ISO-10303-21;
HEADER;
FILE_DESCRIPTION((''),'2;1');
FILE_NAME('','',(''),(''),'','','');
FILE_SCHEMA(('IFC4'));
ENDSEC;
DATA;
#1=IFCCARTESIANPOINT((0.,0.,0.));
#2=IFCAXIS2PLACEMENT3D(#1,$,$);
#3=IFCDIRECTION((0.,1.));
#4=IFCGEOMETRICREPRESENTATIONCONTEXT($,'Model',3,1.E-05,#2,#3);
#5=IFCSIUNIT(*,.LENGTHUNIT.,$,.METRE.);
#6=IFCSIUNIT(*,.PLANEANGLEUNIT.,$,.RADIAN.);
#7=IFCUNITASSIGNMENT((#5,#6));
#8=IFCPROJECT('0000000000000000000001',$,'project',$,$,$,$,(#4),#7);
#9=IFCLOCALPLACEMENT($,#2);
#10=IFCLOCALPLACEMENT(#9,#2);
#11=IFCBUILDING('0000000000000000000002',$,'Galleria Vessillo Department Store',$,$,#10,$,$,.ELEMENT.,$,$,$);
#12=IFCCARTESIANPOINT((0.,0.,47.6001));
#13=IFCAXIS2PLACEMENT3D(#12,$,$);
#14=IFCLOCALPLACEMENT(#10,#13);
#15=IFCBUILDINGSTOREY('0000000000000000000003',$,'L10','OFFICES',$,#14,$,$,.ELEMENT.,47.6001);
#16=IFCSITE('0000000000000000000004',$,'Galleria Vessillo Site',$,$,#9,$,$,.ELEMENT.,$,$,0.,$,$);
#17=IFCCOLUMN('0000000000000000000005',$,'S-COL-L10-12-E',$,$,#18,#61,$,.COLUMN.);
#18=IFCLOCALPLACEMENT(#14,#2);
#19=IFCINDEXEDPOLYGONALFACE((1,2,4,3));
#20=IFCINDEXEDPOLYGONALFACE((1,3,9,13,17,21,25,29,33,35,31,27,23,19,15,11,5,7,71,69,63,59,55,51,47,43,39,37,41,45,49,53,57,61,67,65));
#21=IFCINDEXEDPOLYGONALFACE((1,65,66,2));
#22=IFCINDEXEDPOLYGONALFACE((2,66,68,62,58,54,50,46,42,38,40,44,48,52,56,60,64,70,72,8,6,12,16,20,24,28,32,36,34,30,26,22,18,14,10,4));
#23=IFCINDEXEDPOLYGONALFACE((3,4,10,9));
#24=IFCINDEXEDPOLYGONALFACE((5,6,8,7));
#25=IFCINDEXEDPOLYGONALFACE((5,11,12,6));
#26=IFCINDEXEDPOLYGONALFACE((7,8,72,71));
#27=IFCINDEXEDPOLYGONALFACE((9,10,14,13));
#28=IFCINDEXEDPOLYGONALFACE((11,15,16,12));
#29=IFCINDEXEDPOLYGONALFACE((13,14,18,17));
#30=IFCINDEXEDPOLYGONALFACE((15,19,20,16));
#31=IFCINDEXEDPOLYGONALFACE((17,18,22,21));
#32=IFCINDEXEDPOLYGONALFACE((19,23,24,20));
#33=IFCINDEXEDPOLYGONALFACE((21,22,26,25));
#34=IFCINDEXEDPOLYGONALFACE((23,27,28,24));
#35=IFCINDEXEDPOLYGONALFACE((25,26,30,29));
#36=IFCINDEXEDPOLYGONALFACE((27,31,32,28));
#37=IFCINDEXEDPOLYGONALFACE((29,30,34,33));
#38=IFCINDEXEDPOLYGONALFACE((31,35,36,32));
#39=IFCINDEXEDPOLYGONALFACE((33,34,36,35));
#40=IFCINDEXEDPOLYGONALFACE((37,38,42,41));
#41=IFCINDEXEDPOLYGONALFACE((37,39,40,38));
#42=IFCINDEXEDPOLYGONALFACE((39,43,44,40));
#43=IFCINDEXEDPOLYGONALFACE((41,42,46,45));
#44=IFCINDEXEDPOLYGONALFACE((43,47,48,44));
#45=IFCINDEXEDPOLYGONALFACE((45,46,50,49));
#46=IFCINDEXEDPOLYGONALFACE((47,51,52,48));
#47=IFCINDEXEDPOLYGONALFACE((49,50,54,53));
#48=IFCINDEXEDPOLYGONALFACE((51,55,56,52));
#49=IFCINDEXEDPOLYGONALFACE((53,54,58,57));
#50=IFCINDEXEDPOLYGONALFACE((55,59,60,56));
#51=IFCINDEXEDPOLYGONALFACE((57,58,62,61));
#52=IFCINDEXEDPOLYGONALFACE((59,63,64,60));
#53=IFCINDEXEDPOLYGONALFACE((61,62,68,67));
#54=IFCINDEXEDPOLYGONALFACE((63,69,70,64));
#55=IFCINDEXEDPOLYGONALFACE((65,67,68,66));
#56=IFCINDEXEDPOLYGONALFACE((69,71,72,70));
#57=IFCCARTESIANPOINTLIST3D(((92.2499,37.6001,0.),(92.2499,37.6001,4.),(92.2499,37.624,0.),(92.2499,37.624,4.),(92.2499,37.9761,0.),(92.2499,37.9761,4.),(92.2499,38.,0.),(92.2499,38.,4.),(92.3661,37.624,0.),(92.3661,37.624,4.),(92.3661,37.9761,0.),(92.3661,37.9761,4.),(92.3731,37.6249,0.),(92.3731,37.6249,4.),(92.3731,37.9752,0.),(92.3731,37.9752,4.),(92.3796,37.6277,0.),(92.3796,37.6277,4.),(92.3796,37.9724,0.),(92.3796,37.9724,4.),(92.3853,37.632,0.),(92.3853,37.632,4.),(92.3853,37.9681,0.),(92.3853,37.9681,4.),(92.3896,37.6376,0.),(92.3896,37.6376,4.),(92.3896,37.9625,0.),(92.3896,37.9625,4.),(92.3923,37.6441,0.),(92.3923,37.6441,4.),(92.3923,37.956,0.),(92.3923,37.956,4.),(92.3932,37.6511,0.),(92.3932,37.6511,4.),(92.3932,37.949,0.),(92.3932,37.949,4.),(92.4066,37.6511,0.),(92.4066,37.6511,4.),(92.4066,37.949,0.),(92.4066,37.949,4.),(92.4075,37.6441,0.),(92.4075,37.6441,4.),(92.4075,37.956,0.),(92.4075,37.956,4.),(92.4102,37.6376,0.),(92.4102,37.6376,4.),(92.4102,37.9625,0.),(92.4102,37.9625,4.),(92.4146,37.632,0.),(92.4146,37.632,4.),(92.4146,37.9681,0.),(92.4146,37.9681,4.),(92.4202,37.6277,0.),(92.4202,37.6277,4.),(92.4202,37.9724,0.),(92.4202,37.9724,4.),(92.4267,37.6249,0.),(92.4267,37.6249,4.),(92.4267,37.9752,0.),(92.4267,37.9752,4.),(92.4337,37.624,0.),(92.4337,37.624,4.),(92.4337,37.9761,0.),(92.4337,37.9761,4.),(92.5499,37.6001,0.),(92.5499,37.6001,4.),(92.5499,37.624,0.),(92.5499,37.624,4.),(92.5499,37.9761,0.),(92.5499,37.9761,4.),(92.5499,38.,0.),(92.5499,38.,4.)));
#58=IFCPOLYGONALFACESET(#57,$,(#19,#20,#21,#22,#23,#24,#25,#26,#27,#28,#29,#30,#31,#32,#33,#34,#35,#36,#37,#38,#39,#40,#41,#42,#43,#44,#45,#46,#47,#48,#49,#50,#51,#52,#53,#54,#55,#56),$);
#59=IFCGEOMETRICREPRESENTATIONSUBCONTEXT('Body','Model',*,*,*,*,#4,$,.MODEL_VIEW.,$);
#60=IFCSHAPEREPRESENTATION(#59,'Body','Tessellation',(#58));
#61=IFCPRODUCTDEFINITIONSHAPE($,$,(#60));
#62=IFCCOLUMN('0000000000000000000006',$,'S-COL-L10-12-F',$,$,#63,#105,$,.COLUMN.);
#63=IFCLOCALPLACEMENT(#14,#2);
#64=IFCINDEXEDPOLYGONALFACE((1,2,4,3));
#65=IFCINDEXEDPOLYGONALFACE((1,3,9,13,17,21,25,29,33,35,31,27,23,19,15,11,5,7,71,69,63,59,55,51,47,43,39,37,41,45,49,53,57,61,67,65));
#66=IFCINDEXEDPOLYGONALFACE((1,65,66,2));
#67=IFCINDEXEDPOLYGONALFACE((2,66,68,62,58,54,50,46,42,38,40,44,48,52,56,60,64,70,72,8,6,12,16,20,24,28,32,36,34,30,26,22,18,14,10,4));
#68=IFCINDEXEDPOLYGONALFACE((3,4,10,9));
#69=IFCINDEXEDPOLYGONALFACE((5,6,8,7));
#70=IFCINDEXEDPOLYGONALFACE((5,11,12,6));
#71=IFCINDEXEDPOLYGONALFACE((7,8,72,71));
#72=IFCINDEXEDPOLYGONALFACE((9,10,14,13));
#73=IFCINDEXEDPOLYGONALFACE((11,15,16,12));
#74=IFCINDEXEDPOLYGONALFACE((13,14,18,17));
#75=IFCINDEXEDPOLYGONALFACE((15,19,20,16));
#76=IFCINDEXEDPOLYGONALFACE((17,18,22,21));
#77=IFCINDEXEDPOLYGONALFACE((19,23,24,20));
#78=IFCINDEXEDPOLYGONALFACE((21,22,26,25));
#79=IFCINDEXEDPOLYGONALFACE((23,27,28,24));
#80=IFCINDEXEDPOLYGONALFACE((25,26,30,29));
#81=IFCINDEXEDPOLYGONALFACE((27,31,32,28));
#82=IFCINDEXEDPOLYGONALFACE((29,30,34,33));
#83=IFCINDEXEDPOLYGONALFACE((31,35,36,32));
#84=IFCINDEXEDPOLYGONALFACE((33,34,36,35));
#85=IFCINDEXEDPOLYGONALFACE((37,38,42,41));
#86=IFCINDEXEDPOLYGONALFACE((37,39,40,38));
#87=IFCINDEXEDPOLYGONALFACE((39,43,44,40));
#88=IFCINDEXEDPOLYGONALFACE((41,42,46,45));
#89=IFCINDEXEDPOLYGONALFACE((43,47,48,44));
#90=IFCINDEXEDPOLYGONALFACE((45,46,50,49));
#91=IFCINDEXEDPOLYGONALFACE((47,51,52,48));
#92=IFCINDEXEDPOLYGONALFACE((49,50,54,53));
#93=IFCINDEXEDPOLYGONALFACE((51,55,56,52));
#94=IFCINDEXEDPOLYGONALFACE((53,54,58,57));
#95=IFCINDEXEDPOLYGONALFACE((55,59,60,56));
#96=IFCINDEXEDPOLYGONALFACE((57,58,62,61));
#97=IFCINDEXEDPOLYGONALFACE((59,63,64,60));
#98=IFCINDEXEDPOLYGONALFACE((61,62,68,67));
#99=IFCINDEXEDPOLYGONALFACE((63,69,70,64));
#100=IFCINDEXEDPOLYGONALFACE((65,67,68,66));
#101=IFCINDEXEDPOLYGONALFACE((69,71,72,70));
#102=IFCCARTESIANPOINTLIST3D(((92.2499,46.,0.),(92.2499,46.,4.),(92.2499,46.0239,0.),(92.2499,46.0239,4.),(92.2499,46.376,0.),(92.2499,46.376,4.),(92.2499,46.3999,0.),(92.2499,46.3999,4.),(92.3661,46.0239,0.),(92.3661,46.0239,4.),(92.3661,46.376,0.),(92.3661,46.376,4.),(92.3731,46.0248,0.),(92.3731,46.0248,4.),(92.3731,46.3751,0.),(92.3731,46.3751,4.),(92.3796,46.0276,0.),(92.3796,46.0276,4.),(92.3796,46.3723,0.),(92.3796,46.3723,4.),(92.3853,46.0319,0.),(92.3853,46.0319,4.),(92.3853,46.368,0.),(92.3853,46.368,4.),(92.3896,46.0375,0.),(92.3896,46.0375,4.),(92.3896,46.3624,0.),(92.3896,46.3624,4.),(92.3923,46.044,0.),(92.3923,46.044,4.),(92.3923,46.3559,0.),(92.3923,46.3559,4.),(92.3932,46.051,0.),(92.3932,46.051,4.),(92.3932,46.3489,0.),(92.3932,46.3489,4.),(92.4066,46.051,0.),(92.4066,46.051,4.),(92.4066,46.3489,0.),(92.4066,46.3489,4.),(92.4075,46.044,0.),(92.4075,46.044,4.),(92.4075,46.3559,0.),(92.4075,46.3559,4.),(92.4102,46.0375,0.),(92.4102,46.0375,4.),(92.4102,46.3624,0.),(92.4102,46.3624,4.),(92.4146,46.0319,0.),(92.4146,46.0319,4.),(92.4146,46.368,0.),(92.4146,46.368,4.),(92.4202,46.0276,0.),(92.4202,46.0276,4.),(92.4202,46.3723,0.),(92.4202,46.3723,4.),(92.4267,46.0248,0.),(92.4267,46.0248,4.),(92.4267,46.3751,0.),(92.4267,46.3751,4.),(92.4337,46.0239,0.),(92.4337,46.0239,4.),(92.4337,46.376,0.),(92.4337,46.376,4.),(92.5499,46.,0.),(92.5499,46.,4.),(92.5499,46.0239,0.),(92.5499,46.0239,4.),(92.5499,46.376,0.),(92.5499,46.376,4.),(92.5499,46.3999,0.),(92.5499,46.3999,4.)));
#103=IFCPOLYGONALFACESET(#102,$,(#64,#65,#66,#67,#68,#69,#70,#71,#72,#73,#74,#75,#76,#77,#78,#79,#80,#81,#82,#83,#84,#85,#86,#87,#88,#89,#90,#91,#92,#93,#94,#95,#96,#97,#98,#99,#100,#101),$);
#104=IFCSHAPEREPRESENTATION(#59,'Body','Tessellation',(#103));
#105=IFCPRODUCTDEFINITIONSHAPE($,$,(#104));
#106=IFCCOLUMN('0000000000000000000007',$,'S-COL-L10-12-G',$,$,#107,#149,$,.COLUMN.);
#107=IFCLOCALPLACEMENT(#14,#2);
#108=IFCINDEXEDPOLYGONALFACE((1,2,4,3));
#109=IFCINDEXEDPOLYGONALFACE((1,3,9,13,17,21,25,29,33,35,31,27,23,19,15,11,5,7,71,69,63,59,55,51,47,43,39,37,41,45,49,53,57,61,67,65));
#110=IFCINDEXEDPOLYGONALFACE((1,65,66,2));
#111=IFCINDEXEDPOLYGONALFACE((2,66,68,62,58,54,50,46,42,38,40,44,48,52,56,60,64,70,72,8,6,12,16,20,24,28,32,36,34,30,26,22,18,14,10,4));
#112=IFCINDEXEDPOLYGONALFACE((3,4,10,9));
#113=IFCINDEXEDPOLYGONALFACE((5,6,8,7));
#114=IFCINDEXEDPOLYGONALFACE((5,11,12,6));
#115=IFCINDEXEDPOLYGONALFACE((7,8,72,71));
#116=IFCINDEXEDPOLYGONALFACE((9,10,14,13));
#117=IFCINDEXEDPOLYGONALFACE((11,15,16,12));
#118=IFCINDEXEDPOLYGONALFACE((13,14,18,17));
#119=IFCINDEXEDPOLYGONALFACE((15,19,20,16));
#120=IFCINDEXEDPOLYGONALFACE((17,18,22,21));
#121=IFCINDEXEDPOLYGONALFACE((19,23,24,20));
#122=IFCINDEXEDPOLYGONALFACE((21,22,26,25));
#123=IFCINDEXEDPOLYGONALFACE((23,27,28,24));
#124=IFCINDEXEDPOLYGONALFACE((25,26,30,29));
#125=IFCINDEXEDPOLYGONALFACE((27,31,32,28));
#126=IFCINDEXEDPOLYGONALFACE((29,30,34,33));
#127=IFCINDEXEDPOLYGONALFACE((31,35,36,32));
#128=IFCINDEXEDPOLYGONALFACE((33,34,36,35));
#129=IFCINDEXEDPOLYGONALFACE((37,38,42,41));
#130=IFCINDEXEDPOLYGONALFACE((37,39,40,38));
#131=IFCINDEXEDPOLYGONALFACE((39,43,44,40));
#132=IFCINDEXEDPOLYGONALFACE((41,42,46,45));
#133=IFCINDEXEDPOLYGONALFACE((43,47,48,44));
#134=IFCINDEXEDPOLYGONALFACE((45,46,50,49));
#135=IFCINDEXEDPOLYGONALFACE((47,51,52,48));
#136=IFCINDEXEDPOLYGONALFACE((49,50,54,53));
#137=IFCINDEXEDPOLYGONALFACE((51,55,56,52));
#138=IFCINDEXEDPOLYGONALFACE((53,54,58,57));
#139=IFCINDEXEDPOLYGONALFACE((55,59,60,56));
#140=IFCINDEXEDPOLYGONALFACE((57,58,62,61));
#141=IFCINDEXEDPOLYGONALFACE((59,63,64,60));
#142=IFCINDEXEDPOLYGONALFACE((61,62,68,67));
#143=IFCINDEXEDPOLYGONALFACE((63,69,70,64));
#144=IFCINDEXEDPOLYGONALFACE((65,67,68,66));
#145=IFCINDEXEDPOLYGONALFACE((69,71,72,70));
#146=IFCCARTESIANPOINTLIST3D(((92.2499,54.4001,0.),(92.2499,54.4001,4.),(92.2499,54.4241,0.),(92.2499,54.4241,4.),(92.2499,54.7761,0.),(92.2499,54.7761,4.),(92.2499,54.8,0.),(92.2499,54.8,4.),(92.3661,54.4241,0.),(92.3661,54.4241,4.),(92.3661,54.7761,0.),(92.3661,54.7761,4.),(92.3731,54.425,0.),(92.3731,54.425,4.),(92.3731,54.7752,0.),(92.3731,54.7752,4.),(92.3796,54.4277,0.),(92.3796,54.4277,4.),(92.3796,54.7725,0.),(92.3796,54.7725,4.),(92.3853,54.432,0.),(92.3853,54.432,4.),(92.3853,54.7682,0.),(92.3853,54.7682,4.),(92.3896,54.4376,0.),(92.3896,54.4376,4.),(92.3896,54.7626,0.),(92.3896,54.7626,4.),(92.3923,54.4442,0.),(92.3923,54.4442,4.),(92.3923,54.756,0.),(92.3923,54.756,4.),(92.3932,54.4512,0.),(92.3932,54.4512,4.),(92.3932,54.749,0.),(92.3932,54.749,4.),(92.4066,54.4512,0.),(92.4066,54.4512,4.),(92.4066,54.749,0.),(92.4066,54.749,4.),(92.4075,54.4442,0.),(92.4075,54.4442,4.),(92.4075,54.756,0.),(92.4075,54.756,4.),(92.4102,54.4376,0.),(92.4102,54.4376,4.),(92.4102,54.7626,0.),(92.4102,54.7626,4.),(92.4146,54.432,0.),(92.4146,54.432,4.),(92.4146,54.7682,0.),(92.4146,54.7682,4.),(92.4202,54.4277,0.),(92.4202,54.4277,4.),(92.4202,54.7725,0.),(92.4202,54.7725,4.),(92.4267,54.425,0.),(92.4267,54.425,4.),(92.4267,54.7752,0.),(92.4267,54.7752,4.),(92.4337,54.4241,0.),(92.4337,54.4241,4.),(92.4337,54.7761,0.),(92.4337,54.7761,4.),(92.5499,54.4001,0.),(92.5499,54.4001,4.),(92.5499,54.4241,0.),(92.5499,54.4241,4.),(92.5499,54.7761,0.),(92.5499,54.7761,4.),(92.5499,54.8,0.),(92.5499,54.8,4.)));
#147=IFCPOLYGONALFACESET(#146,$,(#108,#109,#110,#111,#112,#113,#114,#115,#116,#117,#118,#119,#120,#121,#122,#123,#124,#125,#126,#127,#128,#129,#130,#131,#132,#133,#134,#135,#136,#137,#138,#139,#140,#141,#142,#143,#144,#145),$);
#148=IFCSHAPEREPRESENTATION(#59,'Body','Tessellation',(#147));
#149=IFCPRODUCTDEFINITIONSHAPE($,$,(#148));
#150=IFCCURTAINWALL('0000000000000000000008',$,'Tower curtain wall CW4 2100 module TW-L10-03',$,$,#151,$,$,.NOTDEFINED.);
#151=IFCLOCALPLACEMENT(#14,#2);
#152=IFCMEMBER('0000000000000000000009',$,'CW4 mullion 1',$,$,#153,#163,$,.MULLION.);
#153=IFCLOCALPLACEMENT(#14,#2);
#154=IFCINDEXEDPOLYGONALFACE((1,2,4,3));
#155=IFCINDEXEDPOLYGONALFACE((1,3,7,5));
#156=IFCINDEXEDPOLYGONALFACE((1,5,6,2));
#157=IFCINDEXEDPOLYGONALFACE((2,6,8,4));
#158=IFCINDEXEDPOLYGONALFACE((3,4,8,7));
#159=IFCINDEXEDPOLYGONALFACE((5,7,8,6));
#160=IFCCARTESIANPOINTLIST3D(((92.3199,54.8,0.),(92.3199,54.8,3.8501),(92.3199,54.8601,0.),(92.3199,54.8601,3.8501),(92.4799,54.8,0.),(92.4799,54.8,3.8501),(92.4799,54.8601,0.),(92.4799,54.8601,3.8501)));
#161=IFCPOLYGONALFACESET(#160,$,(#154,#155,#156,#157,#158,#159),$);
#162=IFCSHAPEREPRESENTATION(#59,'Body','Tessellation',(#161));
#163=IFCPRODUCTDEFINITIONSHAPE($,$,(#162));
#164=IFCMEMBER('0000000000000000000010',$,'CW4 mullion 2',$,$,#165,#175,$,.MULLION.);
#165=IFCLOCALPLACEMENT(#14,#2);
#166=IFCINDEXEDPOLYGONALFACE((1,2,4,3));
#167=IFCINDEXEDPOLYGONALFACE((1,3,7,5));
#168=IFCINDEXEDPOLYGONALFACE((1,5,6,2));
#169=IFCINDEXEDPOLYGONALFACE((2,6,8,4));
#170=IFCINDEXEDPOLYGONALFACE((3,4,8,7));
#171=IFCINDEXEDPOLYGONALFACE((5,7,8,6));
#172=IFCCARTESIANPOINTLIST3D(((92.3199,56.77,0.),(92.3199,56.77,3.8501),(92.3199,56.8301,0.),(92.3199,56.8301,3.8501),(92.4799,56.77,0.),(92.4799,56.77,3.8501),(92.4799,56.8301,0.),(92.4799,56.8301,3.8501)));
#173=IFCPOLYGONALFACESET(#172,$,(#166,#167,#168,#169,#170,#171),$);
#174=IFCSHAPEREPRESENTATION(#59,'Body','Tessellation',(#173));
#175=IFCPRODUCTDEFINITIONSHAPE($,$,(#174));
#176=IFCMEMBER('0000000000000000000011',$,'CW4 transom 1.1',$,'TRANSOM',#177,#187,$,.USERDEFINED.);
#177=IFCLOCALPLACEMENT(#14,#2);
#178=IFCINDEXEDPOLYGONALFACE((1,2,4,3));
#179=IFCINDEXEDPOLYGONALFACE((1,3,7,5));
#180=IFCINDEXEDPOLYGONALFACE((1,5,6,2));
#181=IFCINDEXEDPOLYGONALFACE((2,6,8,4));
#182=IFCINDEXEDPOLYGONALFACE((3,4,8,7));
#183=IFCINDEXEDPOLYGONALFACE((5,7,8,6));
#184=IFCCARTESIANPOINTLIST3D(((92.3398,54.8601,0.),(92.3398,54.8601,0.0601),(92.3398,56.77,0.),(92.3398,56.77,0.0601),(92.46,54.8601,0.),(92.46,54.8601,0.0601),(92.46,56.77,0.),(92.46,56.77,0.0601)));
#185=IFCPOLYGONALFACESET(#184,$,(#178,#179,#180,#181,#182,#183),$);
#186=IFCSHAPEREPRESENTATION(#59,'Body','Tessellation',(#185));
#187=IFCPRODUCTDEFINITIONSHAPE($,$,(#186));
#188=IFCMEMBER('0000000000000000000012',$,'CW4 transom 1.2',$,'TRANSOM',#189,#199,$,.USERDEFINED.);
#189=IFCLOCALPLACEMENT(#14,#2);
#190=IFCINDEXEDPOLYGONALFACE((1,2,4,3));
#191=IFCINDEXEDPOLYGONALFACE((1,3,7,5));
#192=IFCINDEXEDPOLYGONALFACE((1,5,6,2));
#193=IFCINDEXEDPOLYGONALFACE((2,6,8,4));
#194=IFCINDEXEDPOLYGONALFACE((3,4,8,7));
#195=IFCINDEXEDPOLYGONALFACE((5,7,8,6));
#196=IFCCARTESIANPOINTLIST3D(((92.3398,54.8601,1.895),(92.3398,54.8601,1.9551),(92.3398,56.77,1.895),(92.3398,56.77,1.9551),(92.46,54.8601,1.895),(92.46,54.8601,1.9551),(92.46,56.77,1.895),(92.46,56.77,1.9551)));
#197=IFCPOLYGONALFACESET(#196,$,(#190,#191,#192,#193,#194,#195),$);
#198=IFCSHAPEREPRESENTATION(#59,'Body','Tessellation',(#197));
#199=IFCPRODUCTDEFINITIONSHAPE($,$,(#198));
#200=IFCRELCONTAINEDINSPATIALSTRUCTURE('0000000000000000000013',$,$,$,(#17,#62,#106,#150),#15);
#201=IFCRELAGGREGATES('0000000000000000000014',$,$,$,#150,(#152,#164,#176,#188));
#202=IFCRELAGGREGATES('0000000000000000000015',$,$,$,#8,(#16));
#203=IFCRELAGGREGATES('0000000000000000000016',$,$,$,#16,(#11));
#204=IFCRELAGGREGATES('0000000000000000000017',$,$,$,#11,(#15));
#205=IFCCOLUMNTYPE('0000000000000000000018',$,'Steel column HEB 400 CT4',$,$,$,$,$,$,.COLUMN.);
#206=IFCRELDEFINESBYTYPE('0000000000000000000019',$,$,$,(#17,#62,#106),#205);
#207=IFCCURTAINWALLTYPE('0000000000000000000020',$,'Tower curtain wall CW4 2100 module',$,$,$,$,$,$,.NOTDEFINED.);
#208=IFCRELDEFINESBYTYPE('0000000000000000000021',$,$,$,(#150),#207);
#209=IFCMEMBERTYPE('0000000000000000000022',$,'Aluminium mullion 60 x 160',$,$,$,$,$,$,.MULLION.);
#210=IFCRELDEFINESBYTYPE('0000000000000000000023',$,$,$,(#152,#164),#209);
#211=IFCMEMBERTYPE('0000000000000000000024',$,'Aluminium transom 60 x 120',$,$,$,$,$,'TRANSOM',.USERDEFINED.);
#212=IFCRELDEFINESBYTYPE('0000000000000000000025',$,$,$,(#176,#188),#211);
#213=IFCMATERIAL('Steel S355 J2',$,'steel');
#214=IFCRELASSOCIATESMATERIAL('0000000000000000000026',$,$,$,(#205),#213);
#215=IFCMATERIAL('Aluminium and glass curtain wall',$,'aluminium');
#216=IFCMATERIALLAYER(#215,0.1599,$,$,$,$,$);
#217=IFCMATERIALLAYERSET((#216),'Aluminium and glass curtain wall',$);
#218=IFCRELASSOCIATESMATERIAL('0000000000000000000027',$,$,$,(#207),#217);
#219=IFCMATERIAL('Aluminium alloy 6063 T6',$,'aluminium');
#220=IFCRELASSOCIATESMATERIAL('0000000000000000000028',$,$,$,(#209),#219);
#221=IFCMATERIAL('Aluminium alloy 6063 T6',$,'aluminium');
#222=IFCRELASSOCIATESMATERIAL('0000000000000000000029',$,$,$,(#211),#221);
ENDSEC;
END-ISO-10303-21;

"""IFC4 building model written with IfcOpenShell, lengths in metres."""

from ifc_helpers import new_model, si_unit, direction, frame, origin, origin_2d, place, context, subcontext, project, spatial, rectangle, i_section, extrude, material, layer, layer_set, material_profile, profile_set, type_object, element, aggregate, save


model = new_model("IFC4")

# Units and contexts
model_context = context("Model", 3, precision=1e-05, world=origin(), true_north=direction((0.0, 1.0)))
body_context = subcontext(model_context, "Body", "Model", "MODEL_VIEW")
ifc_project = project(units=[si_unit("LENGTHUNIT", "METRE"), si_unit("PLANEANGLEUNIT", "RADIAN")], contexts=[model_context])

# Site, building, storey
site_placement = place(None, origin())
site = spatial("IfcSite", under=ifc_project, at=site_placement, Name="Galleria Vessillo Site", CompositionType="ELEMENT", RefElevation=0.0)
building_placement = place(site_placement, origin())
building = spatial("IfcBuilding", under=site, at=building_placement, Name="Galleria Vessillo Department Store", CompositionType="ELEMENT")
storey_placement = place(building_placement, frame((0.0, 0.0, 47.6001)))
storey = spatial("IfcBuildingStorey", under=building, at=storey_placement, Name="L10", Description="OFFICES", CompositionType="ELEMENT", Elevation=47.6001)

# Columns
ifc_material_1 = material(Name="Steel S355 J2", Category="steel")
ifc_material_profile_1 = material_profile(ifc_material_1, i_section(OverallWidth=0.3, OverallDepth=0.3999, WebThickness=0.0134, FlangeThickness=0.0239, FilletRadius=0.0271, at=origin_2d()), Name="HEB 400")
ifc_profile_set_1 = profile_set([ifc_material_profile_1], Name="Steel S355 J2")
column_type = type_object("IfcColumnType", Name="Steel column HEB 400 CT4", PredefinedType="COLUMN", material=ifc_profile_set_1)
for number, where, z_axis, x_axis, name in (
    (1, (92.3999, 37.8, 0.0), (0.0, 0.0, 1.0), (1.0, 0.0, 0.0), "S-COL-L10-12-E"),
    (2, (92.3999, 46.2, 0.0), (0.0, 0.0, 1.0), (1.0, 0.0, 0.0), "S-COL-L10-12-F"),
    (3, (92.3999, 54.6001, 0.0), (0.0, 0.0, 1.0), (1.0, 0.0, 0.0), "S-COL-L10-12-G"),
):
    element("IfcColumn", number, at=place(storey_placement, frame(where, z_axis=z_axis, x_axis=x_axis)), inside=storey, type_object=column_type, Name=name, PredefinedType="COLUMN", context=body_context, shape_type="SweptSolid", body=[
        extrude(i_section(OverallWidth=0.3, OverallDepth=0.3999, WebThickness=0.0134, FlangeThickness=0.0239, FilletRadius=0.0271, at=origin_2d()), origin(), (0.0, 0.0, 1.0), 4.0),
    ])

# Curtain wall, members
ifc_material_2 = material(Name="Aluminium and glass curtain wall", Category="aluminium")
ifc_layer_1 = layer(ifc_material_2, 0.1599)
ifc_layer_set_1 = layer_set([ifc_layer_1], Name="Aluminium and glass curtain wall")
curtain_wall_type = type_object("IfcCurtainWallType", Name="Tower curtain wall CW4 2100 module", PredefinedType="NOTDEFINED", material=ifc_layer_set_1)
curtain_wall_placement = place(storey_placement, origin())
curtain_wall = element("IfcCurtainWall", 4, at=curtain_wall_placement, inside=storey, type_object=curtain_wall_type, Name="Tower curtain wall CW4 2100 module TW-L10-03", PredefinedType="NOTDEFINED")
ifc_material_3 = material(Name="Aluminium alloy 6063 T6", Category="aluminium")
ifc_material_profile_2 = material_profile(ifc_material_3, rectangle(XDim=0.1599, YDim=0.0601, at=origin_2d()), Name="AL 60x160")
ifc_profile_set_2 = profile_set([ifc_material_profile_2], Name="Aluminium alloy 6063 T6")
member_type_1 = type_object("IfcMemberType", Name="Aluminium mullion 60 x 160", PredefinedType="MULLION", material=ifc_profile_set_2)
member_1_placement = place(storey_placement, frame((92.3999, 54.8301, 0.0), z_axis=(0.0, 0.0, 1.0), x_axis=(-1.0, 0.0, 0.0)))
member_1 = element("IfcMember", 5, at=member_1_placement, type_object=member_type_1, Name="CW4 mullion 1", PredefinedType="MULLION", context=body_context, shape_type="SweptSolid", body=[
    extrude(rectangle(XDim=0.1599, YDim=0.0601, at=origin_2d()), origin(), (0.0, 0.0, 1.0), 3.8501),
])
member_2_placement = place(storey_placement, frame((92.3999, 56.8, 0.0), z_axis=(0.0, 0.0, 1.0), x_axis=(-1.0, 0.0, 0.0)))
member_2 = element("IfcMember", 6, at=member_2_placement, type_object=member_type_1, Name="CW4 mullion 2", PredefinedType="MULLION", context=body_context, shape_type="SweptSolid", body=[
    extrude(rectangle(XDim=0.1599, YDim=0.0601, at=origin_2d()), origin(), (0.0, 0.0, 1.0), 3.8501),
])
ifc_material_4 = material(Name="Aluminium alloy 6063 T6", Category="aluminium")
ifc_material_profile_3 = material_profile(ifc_material_4, rectangle(XDim=0.1201, YDim=0.0601, at=origin_2d()), Name="AL 60x120")
ifc_profile_set_3 = profile_set([ifc_material_profile_3], Name="Aluminium alloy 6063 T6")
member_type_2 = type_object("IfcMemberType", Name="Aluminium transom 60 x 120", ElementType="TRANSOM", PredefinedType="USERDEFINED", material=ifc_profile_set_3)
member_3_placement = place(storey_placement, frame((92.3999, 54.8601, 0.03), z_axis=(0.0, 1.0, 0.0), x_axis=(-1.0, 0.0, 0.0)))
member_3 = element("IfcMember", 7, at=member_3_placement, type_object=member_type_2, Name="CW4 transom 1.1", ObjectType="TRANSOM", PredefinedType="USERDEFINED", context=body_context, shape_type="SweptSolid", body=[
    extrude(rectangle(XDim=0.1201, YDim=0.0601, at=origin_2d()), origin(), (0.0, 0.0, 1.0), 1.9099),
])
member_4_placement = place(storey_placement, frame((92.3999, 54.8601, 1.925), z_axis=(0.0, 1.0, 0.0), x_axis=(-1.0, 0.0, 0.0)))
member_4 = element("IfcMember", 8, at=member_4_placement, type_object=member_type_2, Name="CW4 transom 1.2", ObjectType="TRANSOM", PredefinedType="USERDEFINED", context=body_context, shape_type="SweptSolid", body=[
    extrude(rectangle(XDim=0.1201, YDim=0.0601, at=origin_2d()), origin(), (0.0, 0.0, 1.0), 1.9099),
])

aggregate(curtain_wall, [member_1, member_2, member_3, member_4])

save(model, "model.ifc")
